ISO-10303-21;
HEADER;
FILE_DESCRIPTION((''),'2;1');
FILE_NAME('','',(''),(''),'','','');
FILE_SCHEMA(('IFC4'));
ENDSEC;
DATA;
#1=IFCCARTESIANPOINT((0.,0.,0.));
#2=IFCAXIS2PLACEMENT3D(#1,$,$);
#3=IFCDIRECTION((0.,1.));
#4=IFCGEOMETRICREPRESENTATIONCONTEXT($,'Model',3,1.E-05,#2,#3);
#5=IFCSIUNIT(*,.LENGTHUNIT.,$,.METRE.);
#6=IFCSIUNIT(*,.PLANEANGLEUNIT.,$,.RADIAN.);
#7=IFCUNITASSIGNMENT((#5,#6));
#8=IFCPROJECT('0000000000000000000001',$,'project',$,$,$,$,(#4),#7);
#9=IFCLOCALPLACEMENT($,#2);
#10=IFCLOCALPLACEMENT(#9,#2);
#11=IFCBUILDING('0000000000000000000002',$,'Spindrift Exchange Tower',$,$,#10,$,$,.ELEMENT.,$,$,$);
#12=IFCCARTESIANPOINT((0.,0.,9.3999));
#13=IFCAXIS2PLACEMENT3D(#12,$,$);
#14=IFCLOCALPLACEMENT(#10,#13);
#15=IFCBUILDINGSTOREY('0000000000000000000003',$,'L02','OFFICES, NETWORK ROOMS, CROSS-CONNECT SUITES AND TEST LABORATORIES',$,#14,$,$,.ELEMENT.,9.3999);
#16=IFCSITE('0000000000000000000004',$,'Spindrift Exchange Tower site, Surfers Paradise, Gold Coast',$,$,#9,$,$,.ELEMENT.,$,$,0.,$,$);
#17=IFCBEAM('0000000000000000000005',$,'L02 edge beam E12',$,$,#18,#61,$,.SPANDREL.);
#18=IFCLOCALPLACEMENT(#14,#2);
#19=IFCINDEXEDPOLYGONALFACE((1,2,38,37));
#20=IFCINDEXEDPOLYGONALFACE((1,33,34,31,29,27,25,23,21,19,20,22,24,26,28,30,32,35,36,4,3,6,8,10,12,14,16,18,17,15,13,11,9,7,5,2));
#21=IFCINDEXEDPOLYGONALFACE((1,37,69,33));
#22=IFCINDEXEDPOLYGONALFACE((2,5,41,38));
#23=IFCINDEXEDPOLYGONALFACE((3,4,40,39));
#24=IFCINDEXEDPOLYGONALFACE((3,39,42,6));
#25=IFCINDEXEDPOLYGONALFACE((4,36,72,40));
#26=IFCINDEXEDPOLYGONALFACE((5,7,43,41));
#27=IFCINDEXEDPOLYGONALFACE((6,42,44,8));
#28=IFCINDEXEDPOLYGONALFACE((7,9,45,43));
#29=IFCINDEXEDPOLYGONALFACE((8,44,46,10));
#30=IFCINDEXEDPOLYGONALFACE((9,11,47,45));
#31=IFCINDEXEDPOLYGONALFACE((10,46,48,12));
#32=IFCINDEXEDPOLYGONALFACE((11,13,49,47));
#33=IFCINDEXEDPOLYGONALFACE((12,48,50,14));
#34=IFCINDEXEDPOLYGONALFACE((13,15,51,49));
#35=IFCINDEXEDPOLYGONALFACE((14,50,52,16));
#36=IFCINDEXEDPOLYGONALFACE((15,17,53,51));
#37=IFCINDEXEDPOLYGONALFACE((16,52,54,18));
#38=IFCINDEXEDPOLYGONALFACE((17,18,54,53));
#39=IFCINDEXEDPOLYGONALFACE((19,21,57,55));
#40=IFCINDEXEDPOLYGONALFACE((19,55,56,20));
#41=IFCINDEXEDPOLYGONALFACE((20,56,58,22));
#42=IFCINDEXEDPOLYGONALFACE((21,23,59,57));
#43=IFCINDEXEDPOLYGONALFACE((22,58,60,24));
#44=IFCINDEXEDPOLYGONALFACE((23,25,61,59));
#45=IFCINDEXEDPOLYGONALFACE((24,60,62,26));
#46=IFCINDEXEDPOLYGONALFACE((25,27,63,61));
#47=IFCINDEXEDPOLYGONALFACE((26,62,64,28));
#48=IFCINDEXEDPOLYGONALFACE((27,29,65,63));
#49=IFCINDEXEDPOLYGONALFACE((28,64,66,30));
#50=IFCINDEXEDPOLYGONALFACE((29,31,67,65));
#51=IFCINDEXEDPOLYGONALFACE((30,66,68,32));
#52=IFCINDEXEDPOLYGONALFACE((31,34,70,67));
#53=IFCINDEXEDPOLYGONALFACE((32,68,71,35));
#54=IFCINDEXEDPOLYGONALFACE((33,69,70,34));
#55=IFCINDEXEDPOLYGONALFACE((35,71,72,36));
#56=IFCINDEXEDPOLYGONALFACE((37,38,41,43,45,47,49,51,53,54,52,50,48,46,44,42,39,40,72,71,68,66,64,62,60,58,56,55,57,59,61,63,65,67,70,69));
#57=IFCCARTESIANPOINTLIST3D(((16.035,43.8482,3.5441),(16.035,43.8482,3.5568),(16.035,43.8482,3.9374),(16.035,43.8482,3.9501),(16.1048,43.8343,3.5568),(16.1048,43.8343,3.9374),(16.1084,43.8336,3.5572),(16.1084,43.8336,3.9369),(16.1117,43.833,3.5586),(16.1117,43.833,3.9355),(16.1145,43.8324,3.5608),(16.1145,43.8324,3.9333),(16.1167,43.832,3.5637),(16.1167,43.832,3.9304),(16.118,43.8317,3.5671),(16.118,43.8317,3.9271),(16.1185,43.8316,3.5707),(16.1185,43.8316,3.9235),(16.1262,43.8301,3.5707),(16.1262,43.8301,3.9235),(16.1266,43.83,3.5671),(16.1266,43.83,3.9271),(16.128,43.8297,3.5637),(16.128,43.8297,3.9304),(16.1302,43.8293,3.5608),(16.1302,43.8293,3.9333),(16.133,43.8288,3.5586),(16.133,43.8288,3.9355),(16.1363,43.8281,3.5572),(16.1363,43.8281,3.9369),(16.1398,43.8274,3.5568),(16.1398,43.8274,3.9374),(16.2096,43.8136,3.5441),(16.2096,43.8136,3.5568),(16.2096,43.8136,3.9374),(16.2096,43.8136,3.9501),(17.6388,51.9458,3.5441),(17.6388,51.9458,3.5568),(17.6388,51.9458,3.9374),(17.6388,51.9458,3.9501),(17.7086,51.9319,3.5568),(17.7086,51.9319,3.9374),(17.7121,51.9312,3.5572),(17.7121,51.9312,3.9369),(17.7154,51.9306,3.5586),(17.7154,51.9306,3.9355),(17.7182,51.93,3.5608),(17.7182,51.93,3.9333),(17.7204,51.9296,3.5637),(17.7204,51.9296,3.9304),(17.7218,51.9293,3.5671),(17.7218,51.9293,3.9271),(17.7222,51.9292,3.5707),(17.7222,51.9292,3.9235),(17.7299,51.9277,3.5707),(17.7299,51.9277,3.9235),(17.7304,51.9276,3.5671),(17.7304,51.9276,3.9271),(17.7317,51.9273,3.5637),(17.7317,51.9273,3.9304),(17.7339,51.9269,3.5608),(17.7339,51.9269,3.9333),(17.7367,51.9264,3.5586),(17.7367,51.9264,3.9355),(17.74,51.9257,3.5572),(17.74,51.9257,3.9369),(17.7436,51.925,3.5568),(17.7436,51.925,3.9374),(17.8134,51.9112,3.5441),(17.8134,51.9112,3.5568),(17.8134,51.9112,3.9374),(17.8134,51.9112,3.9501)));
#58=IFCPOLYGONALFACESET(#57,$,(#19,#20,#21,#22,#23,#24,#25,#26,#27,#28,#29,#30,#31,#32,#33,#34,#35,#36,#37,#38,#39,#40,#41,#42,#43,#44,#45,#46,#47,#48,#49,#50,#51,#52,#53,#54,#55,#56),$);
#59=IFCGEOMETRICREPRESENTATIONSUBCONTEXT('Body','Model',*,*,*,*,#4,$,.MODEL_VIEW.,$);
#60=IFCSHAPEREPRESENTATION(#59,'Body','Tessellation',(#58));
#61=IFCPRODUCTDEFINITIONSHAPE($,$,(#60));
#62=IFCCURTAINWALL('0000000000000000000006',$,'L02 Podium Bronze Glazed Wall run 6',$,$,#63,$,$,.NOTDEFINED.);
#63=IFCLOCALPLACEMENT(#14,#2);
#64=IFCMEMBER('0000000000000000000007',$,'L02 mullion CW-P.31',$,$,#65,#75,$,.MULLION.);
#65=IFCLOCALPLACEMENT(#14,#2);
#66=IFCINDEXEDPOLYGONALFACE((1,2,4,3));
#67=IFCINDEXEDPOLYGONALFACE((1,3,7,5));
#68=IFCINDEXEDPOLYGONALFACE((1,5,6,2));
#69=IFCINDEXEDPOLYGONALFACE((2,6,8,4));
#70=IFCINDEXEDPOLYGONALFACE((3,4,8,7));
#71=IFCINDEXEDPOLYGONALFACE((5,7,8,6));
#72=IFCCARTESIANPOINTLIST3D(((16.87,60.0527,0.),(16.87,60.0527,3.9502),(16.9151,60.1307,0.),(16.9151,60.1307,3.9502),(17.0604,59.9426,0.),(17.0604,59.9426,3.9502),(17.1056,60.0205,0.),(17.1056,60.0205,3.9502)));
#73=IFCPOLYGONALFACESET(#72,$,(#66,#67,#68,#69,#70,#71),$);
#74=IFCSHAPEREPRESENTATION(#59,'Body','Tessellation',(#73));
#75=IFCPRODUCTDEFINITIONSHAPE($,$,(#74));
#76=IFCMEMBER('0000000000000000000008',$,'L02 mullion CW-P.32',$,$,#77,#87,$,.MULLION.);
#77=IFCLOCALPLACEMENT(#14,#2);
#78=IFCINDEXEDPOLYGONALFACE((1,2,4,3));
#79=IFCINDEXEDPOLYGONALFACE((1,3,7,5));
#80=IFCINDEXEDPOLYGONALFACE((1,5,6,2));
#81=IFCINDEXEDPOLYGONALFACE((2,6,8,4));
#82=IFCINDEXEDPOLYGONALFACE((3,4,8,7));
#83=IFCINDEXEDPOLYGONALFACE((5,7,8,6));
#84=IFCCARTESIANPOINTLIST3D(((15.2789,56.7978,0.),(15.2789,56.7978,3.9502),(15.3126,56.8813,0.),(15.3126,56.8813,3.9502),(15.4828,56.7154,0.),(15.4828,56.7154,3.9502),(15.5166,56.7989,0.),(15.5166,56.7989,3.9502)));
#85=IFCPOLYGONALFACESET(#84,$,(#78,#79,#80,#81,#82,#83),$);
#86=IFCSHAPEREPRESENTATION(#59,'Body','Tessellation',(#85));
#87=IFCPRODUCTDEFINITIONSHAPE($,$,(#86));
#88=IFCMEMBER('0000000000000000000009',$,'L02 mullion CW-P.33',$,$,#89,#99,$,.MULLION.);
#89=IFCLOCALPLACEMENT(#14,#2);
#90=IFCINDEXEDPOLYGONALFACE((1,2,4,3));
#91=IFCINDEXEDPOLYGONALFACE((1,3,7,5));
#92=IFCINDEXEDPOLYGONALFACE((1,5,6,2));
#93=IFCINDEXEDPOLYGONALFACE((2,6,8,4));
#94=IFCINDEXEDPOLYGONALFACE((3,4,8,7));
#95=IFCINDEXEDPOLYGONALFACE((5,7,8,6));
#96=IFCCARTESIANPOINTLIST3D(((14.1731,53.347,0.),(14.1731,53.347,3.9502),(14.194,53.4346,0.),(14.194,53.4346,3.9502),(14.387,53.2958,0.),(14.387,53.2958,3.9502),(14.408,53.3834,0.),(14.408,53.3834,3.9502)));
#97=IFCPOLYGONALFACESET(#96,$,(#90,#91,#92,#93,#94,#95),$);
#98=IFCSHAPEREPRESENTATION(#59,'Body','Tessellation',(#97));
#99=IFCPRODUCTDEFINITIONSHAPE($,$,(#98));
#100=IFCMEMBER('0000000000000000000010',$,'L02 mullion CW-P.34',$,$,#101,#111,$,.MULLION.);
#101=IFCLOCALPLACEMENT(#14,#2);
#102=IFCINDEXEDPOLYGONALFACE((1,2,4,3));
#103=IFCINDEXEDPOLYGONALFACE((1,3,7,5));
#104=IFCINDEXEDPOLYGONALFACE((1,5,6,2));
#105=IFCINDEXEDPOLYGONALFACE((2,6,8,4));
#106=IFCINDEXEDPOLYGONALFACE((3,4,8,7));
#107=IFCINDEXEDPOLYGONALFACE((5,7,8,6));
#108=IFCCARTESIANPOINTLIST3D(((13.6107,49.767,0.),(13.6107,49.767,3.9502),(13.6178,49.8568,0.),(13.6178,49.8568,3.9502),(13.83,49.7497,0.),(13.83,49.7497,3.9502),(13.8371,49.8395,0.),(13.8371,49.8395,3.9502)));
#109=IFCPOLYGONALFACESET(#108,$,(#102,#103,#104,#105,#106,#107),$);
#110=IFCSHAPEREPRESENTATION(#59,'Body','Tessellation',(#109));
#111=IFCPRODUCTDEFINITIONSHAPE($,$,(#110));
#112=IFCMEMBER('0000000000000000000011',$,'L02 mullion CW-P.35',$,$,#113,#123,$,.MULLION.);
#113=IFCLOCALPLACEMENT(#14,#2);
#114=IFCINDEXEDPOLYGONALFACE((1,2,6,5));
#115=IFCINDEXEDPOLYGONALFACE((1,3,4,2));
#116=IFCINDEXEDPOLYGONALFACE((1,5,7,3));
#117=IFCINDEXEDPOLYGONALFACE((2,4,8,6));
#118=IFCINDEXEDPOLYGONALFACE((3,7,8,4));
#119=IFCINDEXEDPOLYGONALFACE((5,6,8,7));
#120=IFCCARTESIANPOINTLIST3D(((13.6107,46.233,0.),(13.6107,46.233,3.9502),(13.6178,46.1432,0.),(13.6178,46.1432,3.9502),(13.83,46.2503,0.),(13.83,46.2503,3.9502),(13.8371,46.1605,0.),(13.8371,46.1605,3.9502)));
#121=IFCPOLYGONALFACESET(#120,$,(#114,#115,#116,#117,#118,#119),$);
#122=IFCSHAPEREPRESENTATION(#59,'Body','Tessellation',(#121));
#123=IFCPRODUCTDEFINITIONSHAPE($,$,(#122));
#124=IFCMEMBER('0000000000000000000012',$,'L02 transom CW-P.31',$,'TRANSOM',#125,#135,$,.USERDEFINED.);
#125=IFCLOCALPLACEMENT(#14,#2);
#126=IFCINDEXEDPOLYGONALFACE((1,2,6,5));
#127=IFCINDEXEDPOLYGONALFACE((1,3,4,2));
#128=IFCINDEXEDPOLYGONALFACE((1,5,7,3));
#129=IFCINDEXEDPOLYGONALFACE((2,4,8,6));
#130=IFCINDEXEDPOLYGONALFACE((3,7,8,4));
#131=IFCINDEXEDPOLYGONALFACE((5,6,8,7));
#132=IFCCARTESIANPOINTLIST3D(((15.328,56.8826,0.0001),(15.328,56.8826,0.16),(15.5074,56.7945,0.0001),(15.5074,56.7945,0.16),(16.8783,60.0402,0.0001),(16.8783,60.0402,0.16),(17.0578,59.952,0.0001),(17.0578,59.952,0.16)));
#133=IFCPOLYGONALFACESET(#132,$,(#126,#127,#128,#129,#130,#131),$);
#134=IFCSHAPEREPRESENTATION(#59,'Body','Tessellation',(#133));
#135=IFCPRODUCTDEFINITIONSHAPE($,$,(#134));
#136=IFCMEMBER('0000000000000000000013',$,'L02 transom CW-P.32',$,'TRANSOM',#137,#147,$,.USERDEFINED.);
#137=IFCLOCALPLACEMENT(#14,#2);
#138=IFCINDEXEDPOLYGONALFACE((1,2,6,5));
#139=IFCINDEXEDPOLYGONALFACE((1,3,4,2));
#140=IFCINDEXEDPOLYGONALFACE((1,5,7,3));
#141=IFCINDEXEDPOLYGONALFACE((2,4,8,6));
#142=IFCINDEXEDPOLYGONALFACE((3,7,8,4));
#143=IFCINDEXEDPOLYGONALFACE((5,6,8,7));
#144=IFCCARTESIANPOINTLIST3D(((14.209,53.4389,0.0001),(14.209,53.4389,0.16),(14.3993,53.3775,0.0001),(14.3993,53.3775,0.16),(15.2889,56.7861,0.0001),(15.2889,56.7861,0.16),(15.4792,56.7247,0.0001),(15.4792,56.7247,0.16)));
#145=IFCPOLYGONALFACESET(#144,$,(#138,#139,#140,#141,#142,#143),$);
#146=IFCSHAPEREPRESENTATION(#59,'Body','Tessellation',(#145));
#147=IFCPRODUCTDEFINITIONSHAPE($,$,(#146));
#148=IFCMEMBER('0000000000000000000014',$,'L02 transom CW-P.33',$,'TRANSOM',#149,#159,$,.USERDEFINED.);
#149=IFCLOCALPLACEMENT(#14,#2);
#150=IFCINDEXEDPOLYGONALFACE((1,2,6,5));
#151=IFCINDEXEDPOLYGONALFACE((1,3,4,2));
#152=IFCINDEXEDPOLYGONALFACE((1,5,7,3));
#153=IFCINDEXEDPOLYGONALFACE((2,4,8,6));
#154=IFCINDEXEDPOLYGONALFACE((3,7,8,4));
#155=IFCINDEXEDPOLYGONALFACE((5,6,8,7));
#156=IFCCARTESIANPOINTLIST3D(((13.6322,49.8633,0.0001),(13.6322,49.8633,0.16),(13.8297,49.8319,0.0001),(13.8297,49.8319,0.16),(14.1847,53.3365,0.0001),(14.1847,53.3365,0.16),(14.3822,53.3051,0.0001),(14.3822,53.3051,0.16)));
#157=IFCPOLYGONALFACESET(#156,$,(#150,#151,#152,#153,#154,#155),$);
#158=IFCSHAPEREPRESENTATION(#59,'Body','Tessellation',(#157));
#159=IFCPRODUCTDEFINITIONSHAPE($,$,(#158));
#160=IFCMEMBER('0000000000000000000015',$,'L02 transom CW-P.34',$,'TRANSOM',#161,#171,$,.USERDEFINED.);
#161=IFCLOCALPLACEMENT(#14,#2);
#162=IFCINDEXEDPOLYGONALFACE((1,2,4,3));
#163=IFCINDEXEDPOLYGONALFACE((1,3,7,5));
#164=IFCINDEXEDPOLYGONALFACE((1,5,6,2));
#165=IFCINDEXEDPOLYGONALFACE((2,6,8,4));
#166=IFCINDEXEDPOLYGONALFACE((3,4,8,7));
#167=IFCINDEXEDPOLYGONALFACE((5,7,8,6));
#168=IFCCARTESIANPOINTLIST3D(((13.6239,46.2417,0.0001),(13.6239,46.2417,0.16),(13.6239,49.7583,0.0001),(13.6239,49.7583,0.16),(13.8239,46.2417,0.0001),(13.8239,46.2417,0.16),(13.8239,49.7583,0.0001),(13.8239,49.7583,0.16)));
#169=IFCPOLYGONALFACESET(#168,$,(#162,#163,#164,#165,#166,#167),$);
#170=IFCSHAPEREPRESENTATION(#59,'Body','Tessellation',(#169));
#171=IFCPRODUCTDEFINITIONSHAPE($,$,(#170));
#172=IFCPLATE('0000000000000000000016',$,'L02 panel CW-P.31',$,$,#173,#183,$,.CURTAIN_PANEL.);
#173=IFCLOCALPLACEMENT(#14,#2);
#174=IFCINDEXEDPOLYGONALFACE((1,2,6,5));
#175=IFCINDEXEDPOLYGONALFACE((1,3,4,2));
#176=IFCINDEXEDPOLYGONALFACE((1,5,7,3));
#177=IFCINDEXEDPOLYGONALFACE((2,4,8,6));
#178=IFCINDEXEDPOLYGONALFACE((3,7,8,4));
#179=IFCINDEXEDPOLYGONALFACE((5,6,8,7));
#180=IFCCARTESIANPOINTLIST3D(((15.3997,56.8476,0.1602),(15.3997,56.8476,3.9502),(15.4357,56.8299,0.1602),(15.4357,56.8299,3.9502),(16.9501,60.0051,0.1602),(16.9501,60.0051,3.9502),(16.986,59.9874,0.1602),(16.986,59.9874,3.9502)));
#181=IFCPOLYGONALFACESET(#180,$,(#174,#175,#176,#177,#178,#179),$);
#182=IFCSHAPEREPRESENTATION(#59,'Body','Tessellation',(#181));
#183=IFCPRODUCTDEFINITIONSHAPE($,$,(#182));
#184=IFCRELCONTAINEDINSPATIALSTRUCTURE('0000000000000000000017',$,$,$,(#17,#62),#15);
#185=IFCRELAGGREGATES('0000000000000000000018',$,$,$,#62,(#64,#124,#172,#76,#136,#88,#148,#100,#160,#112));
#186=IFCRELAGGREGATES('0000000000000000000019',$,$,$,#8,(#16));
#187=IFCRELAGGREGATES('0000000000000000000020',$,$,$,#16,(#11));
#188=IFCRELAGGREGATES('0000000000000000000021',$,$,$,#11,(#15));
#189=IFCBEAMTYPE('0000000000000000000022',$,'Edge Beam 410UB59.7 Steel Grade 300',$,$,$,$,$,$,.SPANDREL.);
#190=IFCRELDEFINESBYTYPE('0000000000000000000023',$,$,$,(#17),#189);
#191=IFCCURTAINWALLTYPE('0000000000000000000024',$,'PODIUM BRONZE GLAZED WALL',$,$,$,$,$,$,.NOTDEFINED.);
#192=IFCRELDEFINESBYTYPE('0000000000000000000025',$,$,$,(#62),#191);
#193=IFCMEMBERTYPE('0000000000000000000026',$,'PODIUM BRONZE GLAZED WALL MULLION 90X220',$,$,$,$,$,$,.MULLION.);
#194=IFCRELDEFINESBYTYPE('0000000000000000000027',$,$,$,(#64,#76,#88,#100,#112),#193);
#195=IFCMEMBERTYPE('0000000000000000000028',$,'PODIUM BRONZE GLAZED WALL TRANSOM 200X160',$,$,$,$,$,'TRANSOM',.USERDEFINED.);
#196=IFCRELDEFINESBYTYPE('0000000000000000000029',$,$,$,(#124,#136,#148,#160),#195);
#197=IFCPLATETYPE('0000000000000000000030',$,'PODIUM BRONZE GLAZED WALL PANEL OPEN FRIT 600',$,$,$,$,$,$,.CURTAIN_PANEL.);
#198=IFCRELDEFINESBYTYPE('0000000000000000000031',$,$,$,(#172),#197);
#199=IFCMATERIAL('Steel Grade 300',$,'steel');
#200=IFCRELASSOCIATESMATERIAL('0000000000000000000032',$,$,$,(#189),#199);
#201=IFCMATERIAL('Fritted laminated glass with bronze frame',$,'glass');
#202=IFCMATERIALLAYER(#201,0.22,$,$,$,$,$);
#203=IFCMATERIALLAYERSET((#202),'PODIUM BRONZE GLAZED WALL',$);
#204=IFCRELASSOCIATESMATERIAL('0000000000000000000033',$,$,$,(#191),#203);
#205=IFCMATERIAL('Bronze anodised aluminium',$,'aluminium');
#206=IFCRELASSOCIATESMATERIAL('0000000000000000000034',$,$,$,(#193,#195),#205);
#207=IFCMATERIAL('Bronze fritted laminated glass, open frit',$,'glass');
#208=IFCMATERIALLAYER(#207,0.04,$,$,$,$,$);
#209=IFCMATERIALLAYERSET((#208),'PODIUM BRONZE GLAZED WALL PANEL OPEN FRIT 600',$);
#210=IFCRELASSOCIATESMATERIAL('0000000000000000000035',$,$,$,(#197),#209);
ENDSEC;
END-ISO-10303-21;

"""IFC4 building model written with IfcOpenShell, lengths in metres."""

from ifc_helpers import new_model, si_unit, direction, frame, origin, origin_2d, place, context, subcontext, project, spatial, rectangle, i_section, extrude, source, transform, mapped, material, layer, layer_set, material_profile, profile_set, type_object, element, aggregate, save


model = new_model("IFC4")

# Units and contexts
model_context = context("Model", 3, precision=1e-05, world=origin(), true_north=direction((0.0, 1.0)))
body_context = subcontext(model_context, "Body", "Model", "MODEL_VIEW")
ifc_project = project(units=[si_unit("LENGTHUNIT", "METRE"), si_unit("PLANEANGLEUNIT", "RADIAN")], contexts=[model_context])

# Site, building, storey
site_placement = place(None, origin())
site = spatial("IfcSite", under=ifc_project, at=site_placement, Name="Spindrift Exchange Tower site, Surfers Paradise, Gold Coast", CompositionType="ELEMENT", RefElevation=0.0)
building_placement = place(site_placement, origin())
building = spatial("IfcBuilding", under=site, at=building_placement, Name="Spindrift Exchange Tower", CompositionType="ELEMENT")
storey_placement = place(building_placement, frame((0.0, 0.0, 9.3999)))
storey = spatial("IfcBuildingStorey", under=building, at=storey_placement, Name="L02", Description="OFFICES, NETWORK ROOMS, CROSS-CONNECT SUITES AND TEST LABORATORIES", CompositionType="ELEMENT", Elevation=9.3999)

# Beam
ifc_material_1 = material(Name="Steel Grade 300", Category="steel")
ifc_material_profile_1 = material_profile(ifc_material_1, i_section(OverallWidth=0.178, OverallDepth=0.406, WebThickness=0.0078, FlangeThickness=0.0127, FilletRadius=0.0139, at=origin_2d()), Name="410UB59.7")
ifc_profile_set_1 = profile_set([ifc_material_profile_1], Name="Steel Grade 300")
beam_type_1 = type_object("IfcBeamType", Name="Edge Beam 410UB59.7 Steel Grade 300", PredefinedType="SPANDREL", material=ifc_profile_set_1)
shared_shape_1 = source(origin(), body_context, "Body", "SweptSolid", [
    extrude(i_section(OverallWidth=0.178, OverallDepth=0.406, WebThickness=0.0078, FlangeThickness=0.0127, FilletRadius=0.0139, at=origin_2d()), origin(), (0.0, 0.0, 1.0), 8.2549),
])
beam_1_placement = place(storey_placement, frame((17.7261, 51.9285, 3.7471), z_axis=(-0.194279, -0.980946, 0.0), x_axis=(0.980946, -0.194279, 0.0)))
element("IfcBeam", 1, at=beam_1_placement, inside=storey, type_object=beam_type_1, Name="L02 edge beam E12", PredefinedType="SPANDREL", context=body_context, shape_type="MappedRepresentation", body=[
    mapped(shared_shape_1, transform((0.0, 0.0, 0.0), scale=1.0)),
])

# Curtain wall, members, plate
ifc_material_2 = material(Name="Fritted laminated glass with bronze frame", Category="glass")
ifc_layer_1 = layer(ifc_material_2, 0.22)
ifc_layer_set_1 = layer_set([ifc_layer_1], Name="PODIUM BRONZE GLAZED WALL")
curtain_wall_type = type_object("IfcCurtainWallType", Name="PODIUM BRONZE GLAZED WALL", PredefinedType="NOTDEFINED", material=ifc_layer_set_1)
curtain_wall_placement = place(storey_placement, origin())
curtain_wall = element("IfcCurtainWall", 2, at=curtain_wall_placement, inside=storey, type_object=curtain_wall_type, Name="L02 Podium Bronze Glazed Wall run 6", PredefinedType="NOTDEFINED")
ifc_material_3 = material(Name="Bronze anodised aluminium", Category="aluminium")
ifc_material_profile_2 = material_profile(ifc_material_3, rectangle(XDim=0.0901, YDim=0.22, at=origin_2d()), Name="PODIUM BRONZE GLAZED WALL MULLION 90X220")
ifc_profile_set_2 = profile_set([ifc_material_profile_2], Name="Bronze anodised aluminium")
member_type_1 = type_object("IfcMemberType", Name="PODIUM BRONZE GLAZED WALL MULLION 90X220", PredefinedType="MULLION", material=ifc_profile_set_2)
shared_shape_2 = source(origin(), body_context, "Body", "SweptSolid", [
    extrude(rectangle(XDim=0.0901, YDim=0.22, at=origin_2d()), origin(), (0.0, 0.0, 1.0), 3.9502),
])
member_1_placement = place(storey_placement, frame((16.9878, 60.0366, 0.0), z_axis=(0.0, 0.0, 1.0), x_axis=(-0.500752, -0.865591, 0.0)))
member_1 = element("IfcMember", 3, at=member_1_placement, type_object=member_type_1, Name="L02 mullion CW-P.31", PredefinedType="MULLION", context=body_context, shape_type="MappedRepresentation", body=[
    mapped(shared_shape_2, transform((0.0, 0.0, 0.0), scale=1.0)),
])
member_2_placement = place(storey_placement, frame((15.3977, 56.7983, 0.0), z_axis=(0.0, 0.0, 1.0), x_axis=(-0.374832, -0.927093, 0.0)))
member_2 = element("IfcMember", 4, at=member_2_placement, type_object=member_type_1, Name="L02 mullion CW-P.32", PredefinedType="MULLION", context=body_context, shape_type="MappedRepresentation", body=[
    mapped(shared_shape_2, transform((0.0, 0.0, 0.0), scale=1.0)),
])
member_3_placement = place(storey_placement, frame((14.2905, 53.3652, 0.0), z_axis=(0.0, 0.0, 1.0), x_axis=(-0.232738, -0.972539, 0.0)))
member_3 = element("IfcMember", 5, at=member_3_placement, type_object=member_type_1, Name="L02 mullion CW-P.33", PredefinedType="MULLION", context=body_context, shape_type="MappedRepresentation", body=[
    mapped(shared_shape_2, transform((0.0, 0.0, 0.0), scale=1.0)),
])
member_4_placement = place(storey_placement, frame((13.7239, 49.8032, 0.0), z_axis=(0.0, 0.0, 1.0), x_axis=(-0.078805, -0.99689, 0.0)))
member_4 = element("IfcMember", 6, at=member_4_placement, type_object=member_type_1, Name="L02 mullion CW-P.34", PredefinedType="MULLION", context=body_context, shape_type="MappedRepresentation", body=[
    mapped(shared_shape_2, transform((0.0, 0.0, 0.0), scale=1.0)),
])
member_5_placement = place(storey_placement, frame((13.7239, 46.1968, 0.0), z_axis=(0.0, 0.0, 1.0), x_axis=(0.078805, -0.99689, 0.0)))
member_5 = element("IfcMember", 7, at=member_5_placement, type_object=member_type_1, Name="L02 mullion CW-P.35", PredefinedType="MULLION", context=body_context, shape_type="MappedRepresentation", body=[
    mapped(shared_shape_2, transform((0.0, 0.0, 0.0), scale=1.0)),
])
ifc_material_profile_3 = material_profile(ifc_material_3, rectangle(XDim=0.2, YDim=0.1599, at=origin_2d()), Name="PODIUM BRONZE GLAZED WALL TRANSOM 200X160")
ifc_profile_set_3 = profile_set([ifc_material_profile_3], Name="Bronze anodised aluminium")
member_type_2 = type_object("IfcMemberType", Name="PODIUM BRONZE GLAZED WALL TRANSOM 200X160", ElementType="TRANSOM", PredefinedType="USERDEFINED", material=ifc_profile_set_3)
shared_shape_3 = source(origin(), body_context, "Body", "SweptSolid", [
    extrude(rectangle(XDim=0.2, YDim=0.1599, at=origin_2d()), origin(), (0.0, 0.0, 1.0), 3.5176),
])
member_6_placement = place(storey_placement, frame((16.968, 59.9961, 0.0801), z_axis=(-0.440733, -0.897638, 0.0), x_axis=(0.897638, -0.440733, 0.0)))
member_6 = element("IfcMember", 8, at=member_6_placement, type_object=member_type_2, Name="L02 transom CW-P.31", ObjectType="TRANSOM", PredefinedType="USERDEFINED", context=body_context, shape_type="MappedRepresentation", body=[
    mapped(shared_shape_3, transform((0.0, 0.0, 0.0), scale=1.0)),
])
shared_shape_4 = source(origin(), body_context, "Body", "SweptSolid", [
    extrude(rectangle(XDim=0.2, YDim=0.1599, at=origin_2d()), origin(), (0.0, 0.0, 1.0), 3.5171),
])
member_7_placement = place(storey_placement, frame((15.384, 56.7554, 0.0801), z_axis=(-0.307029, -0.9517, 0.0), x_axis=(0.9517, -0.307029, 0.0)))
member_7 = element("IfcMember", 9, at=member_7_placement, type_object=member_type_2, Name="L02 transom CW-P.32", ObjectType="TRANSOM", PredefinedType="USERDEFINED", context=body_context, shape_type="MappedRepresentation", body=[
    mapped(shared_shape_4, transform((0.0, 0.0, 0.0), scale=1.0)),
])
shared_shape_5 = source(origin(), body_context, "Body", "SweptSolid", [
    extrude(rectangle(XDim=0.2, YDim=0.1599, at=origin_2d()), origin(), (0.0, 0.0, 1.0), 3.5168),
])
member_8_placement = place(storey_placement, frame((14.2834, 53.3208, 0.0801), z_axis=(-0.1571, -0.987583, 0.0), x_axis=(0.987583, -0.1571, 0.0)))
member_8 = element("IfcMember", 10, at=member_8_placement, type_object=member_type_2, Name="L02 transom CW-P.33", ObjectType="TRANSOM", PredefinedType="USERDEFINED", context=body_context, shape_type="MappedRepresentation", body=[
    mapped(shared_shape_5, transform((0.0, 0.0, 0.0), scale=1.0)),
])
shared_shape_6 = source(origin(), body_context, "Body", "SweptSolid", [
    extrude(rectangle(XDim=0.2, YDim=0.1599, at=origin_2d()), origin(), (0.0, 0.0, 1.0), 3.5166),
])
member_9_placement = place(storey_placement, frame((13.7239, 49.7583, 0.0801), z_axis=(0.0, -1.0, 0.0), x_axis=(1.0, 0.0, 0.0)))
member_9 = element("IfcMember", 11, at=member_9_placement, type_object=member_type_2, Name="L02 transom CW-P.34", ObjectType="TRANSOM", PredefinedType="USERDEFINED", context=body_context, shape_type="MappedRepresentation", body=[
    mapped(shared_shape_6, transform((0.0, 0.0, 0.0), scale=1.0)),
])
ifc_material_4 = material(Name="Bronze fritted laminated glass, open frit", Category="glass")
ifc_layer_2 = layer(ifc_material_4, 0.04)
ifc_layer_set_2 = layer_set([ifc_layer_2], Name="PODIUM BRONZE GLAZED WALL PANEL OPEN FRIT 600")
plate_type_1 = type_object("IfcPlateType", Name="PODIUM BRONZE GLAZED WALL PANEL OPEN FRIT 600", PredefinedType="CURTAIN_PANEL", material=ifc_layer_set_2)
shared_shape_7 = source(origin(), body_context, "Body", "SweptSolid", [
    extrude(rectangle(XDim=3.5176, YDim=0.04, at=origin_2d()), origin(), (0.0, 0.0, 1.0), 3.79),
])
plate_1_placement = place(storey_placement, frame((16.1929, 58.4175, 0.1602), z_axis=(0.0, 0.0, 1.0), x_axis=(-0.440738, -0.897636, 0.0)))
plate_1 = element("IfcPlate", 12, at=plate_1_placement, type_object=plate_type_1, Name="L02 panel CW-P.31", PredefinedType="CURTAIN_PANEL", context=body_context, shape_type="MappedRepresentation", body=[
    mapped(shared_shape_7, transform((0.0, 0.0, 0.0), scale=1.0)),
])
aggregate(curtain_wall, [member_1, member_6, plate_1, member_2, member_7, member_3, member_8, member_4, member_9, member_5])

save(model, "model.ifc")
